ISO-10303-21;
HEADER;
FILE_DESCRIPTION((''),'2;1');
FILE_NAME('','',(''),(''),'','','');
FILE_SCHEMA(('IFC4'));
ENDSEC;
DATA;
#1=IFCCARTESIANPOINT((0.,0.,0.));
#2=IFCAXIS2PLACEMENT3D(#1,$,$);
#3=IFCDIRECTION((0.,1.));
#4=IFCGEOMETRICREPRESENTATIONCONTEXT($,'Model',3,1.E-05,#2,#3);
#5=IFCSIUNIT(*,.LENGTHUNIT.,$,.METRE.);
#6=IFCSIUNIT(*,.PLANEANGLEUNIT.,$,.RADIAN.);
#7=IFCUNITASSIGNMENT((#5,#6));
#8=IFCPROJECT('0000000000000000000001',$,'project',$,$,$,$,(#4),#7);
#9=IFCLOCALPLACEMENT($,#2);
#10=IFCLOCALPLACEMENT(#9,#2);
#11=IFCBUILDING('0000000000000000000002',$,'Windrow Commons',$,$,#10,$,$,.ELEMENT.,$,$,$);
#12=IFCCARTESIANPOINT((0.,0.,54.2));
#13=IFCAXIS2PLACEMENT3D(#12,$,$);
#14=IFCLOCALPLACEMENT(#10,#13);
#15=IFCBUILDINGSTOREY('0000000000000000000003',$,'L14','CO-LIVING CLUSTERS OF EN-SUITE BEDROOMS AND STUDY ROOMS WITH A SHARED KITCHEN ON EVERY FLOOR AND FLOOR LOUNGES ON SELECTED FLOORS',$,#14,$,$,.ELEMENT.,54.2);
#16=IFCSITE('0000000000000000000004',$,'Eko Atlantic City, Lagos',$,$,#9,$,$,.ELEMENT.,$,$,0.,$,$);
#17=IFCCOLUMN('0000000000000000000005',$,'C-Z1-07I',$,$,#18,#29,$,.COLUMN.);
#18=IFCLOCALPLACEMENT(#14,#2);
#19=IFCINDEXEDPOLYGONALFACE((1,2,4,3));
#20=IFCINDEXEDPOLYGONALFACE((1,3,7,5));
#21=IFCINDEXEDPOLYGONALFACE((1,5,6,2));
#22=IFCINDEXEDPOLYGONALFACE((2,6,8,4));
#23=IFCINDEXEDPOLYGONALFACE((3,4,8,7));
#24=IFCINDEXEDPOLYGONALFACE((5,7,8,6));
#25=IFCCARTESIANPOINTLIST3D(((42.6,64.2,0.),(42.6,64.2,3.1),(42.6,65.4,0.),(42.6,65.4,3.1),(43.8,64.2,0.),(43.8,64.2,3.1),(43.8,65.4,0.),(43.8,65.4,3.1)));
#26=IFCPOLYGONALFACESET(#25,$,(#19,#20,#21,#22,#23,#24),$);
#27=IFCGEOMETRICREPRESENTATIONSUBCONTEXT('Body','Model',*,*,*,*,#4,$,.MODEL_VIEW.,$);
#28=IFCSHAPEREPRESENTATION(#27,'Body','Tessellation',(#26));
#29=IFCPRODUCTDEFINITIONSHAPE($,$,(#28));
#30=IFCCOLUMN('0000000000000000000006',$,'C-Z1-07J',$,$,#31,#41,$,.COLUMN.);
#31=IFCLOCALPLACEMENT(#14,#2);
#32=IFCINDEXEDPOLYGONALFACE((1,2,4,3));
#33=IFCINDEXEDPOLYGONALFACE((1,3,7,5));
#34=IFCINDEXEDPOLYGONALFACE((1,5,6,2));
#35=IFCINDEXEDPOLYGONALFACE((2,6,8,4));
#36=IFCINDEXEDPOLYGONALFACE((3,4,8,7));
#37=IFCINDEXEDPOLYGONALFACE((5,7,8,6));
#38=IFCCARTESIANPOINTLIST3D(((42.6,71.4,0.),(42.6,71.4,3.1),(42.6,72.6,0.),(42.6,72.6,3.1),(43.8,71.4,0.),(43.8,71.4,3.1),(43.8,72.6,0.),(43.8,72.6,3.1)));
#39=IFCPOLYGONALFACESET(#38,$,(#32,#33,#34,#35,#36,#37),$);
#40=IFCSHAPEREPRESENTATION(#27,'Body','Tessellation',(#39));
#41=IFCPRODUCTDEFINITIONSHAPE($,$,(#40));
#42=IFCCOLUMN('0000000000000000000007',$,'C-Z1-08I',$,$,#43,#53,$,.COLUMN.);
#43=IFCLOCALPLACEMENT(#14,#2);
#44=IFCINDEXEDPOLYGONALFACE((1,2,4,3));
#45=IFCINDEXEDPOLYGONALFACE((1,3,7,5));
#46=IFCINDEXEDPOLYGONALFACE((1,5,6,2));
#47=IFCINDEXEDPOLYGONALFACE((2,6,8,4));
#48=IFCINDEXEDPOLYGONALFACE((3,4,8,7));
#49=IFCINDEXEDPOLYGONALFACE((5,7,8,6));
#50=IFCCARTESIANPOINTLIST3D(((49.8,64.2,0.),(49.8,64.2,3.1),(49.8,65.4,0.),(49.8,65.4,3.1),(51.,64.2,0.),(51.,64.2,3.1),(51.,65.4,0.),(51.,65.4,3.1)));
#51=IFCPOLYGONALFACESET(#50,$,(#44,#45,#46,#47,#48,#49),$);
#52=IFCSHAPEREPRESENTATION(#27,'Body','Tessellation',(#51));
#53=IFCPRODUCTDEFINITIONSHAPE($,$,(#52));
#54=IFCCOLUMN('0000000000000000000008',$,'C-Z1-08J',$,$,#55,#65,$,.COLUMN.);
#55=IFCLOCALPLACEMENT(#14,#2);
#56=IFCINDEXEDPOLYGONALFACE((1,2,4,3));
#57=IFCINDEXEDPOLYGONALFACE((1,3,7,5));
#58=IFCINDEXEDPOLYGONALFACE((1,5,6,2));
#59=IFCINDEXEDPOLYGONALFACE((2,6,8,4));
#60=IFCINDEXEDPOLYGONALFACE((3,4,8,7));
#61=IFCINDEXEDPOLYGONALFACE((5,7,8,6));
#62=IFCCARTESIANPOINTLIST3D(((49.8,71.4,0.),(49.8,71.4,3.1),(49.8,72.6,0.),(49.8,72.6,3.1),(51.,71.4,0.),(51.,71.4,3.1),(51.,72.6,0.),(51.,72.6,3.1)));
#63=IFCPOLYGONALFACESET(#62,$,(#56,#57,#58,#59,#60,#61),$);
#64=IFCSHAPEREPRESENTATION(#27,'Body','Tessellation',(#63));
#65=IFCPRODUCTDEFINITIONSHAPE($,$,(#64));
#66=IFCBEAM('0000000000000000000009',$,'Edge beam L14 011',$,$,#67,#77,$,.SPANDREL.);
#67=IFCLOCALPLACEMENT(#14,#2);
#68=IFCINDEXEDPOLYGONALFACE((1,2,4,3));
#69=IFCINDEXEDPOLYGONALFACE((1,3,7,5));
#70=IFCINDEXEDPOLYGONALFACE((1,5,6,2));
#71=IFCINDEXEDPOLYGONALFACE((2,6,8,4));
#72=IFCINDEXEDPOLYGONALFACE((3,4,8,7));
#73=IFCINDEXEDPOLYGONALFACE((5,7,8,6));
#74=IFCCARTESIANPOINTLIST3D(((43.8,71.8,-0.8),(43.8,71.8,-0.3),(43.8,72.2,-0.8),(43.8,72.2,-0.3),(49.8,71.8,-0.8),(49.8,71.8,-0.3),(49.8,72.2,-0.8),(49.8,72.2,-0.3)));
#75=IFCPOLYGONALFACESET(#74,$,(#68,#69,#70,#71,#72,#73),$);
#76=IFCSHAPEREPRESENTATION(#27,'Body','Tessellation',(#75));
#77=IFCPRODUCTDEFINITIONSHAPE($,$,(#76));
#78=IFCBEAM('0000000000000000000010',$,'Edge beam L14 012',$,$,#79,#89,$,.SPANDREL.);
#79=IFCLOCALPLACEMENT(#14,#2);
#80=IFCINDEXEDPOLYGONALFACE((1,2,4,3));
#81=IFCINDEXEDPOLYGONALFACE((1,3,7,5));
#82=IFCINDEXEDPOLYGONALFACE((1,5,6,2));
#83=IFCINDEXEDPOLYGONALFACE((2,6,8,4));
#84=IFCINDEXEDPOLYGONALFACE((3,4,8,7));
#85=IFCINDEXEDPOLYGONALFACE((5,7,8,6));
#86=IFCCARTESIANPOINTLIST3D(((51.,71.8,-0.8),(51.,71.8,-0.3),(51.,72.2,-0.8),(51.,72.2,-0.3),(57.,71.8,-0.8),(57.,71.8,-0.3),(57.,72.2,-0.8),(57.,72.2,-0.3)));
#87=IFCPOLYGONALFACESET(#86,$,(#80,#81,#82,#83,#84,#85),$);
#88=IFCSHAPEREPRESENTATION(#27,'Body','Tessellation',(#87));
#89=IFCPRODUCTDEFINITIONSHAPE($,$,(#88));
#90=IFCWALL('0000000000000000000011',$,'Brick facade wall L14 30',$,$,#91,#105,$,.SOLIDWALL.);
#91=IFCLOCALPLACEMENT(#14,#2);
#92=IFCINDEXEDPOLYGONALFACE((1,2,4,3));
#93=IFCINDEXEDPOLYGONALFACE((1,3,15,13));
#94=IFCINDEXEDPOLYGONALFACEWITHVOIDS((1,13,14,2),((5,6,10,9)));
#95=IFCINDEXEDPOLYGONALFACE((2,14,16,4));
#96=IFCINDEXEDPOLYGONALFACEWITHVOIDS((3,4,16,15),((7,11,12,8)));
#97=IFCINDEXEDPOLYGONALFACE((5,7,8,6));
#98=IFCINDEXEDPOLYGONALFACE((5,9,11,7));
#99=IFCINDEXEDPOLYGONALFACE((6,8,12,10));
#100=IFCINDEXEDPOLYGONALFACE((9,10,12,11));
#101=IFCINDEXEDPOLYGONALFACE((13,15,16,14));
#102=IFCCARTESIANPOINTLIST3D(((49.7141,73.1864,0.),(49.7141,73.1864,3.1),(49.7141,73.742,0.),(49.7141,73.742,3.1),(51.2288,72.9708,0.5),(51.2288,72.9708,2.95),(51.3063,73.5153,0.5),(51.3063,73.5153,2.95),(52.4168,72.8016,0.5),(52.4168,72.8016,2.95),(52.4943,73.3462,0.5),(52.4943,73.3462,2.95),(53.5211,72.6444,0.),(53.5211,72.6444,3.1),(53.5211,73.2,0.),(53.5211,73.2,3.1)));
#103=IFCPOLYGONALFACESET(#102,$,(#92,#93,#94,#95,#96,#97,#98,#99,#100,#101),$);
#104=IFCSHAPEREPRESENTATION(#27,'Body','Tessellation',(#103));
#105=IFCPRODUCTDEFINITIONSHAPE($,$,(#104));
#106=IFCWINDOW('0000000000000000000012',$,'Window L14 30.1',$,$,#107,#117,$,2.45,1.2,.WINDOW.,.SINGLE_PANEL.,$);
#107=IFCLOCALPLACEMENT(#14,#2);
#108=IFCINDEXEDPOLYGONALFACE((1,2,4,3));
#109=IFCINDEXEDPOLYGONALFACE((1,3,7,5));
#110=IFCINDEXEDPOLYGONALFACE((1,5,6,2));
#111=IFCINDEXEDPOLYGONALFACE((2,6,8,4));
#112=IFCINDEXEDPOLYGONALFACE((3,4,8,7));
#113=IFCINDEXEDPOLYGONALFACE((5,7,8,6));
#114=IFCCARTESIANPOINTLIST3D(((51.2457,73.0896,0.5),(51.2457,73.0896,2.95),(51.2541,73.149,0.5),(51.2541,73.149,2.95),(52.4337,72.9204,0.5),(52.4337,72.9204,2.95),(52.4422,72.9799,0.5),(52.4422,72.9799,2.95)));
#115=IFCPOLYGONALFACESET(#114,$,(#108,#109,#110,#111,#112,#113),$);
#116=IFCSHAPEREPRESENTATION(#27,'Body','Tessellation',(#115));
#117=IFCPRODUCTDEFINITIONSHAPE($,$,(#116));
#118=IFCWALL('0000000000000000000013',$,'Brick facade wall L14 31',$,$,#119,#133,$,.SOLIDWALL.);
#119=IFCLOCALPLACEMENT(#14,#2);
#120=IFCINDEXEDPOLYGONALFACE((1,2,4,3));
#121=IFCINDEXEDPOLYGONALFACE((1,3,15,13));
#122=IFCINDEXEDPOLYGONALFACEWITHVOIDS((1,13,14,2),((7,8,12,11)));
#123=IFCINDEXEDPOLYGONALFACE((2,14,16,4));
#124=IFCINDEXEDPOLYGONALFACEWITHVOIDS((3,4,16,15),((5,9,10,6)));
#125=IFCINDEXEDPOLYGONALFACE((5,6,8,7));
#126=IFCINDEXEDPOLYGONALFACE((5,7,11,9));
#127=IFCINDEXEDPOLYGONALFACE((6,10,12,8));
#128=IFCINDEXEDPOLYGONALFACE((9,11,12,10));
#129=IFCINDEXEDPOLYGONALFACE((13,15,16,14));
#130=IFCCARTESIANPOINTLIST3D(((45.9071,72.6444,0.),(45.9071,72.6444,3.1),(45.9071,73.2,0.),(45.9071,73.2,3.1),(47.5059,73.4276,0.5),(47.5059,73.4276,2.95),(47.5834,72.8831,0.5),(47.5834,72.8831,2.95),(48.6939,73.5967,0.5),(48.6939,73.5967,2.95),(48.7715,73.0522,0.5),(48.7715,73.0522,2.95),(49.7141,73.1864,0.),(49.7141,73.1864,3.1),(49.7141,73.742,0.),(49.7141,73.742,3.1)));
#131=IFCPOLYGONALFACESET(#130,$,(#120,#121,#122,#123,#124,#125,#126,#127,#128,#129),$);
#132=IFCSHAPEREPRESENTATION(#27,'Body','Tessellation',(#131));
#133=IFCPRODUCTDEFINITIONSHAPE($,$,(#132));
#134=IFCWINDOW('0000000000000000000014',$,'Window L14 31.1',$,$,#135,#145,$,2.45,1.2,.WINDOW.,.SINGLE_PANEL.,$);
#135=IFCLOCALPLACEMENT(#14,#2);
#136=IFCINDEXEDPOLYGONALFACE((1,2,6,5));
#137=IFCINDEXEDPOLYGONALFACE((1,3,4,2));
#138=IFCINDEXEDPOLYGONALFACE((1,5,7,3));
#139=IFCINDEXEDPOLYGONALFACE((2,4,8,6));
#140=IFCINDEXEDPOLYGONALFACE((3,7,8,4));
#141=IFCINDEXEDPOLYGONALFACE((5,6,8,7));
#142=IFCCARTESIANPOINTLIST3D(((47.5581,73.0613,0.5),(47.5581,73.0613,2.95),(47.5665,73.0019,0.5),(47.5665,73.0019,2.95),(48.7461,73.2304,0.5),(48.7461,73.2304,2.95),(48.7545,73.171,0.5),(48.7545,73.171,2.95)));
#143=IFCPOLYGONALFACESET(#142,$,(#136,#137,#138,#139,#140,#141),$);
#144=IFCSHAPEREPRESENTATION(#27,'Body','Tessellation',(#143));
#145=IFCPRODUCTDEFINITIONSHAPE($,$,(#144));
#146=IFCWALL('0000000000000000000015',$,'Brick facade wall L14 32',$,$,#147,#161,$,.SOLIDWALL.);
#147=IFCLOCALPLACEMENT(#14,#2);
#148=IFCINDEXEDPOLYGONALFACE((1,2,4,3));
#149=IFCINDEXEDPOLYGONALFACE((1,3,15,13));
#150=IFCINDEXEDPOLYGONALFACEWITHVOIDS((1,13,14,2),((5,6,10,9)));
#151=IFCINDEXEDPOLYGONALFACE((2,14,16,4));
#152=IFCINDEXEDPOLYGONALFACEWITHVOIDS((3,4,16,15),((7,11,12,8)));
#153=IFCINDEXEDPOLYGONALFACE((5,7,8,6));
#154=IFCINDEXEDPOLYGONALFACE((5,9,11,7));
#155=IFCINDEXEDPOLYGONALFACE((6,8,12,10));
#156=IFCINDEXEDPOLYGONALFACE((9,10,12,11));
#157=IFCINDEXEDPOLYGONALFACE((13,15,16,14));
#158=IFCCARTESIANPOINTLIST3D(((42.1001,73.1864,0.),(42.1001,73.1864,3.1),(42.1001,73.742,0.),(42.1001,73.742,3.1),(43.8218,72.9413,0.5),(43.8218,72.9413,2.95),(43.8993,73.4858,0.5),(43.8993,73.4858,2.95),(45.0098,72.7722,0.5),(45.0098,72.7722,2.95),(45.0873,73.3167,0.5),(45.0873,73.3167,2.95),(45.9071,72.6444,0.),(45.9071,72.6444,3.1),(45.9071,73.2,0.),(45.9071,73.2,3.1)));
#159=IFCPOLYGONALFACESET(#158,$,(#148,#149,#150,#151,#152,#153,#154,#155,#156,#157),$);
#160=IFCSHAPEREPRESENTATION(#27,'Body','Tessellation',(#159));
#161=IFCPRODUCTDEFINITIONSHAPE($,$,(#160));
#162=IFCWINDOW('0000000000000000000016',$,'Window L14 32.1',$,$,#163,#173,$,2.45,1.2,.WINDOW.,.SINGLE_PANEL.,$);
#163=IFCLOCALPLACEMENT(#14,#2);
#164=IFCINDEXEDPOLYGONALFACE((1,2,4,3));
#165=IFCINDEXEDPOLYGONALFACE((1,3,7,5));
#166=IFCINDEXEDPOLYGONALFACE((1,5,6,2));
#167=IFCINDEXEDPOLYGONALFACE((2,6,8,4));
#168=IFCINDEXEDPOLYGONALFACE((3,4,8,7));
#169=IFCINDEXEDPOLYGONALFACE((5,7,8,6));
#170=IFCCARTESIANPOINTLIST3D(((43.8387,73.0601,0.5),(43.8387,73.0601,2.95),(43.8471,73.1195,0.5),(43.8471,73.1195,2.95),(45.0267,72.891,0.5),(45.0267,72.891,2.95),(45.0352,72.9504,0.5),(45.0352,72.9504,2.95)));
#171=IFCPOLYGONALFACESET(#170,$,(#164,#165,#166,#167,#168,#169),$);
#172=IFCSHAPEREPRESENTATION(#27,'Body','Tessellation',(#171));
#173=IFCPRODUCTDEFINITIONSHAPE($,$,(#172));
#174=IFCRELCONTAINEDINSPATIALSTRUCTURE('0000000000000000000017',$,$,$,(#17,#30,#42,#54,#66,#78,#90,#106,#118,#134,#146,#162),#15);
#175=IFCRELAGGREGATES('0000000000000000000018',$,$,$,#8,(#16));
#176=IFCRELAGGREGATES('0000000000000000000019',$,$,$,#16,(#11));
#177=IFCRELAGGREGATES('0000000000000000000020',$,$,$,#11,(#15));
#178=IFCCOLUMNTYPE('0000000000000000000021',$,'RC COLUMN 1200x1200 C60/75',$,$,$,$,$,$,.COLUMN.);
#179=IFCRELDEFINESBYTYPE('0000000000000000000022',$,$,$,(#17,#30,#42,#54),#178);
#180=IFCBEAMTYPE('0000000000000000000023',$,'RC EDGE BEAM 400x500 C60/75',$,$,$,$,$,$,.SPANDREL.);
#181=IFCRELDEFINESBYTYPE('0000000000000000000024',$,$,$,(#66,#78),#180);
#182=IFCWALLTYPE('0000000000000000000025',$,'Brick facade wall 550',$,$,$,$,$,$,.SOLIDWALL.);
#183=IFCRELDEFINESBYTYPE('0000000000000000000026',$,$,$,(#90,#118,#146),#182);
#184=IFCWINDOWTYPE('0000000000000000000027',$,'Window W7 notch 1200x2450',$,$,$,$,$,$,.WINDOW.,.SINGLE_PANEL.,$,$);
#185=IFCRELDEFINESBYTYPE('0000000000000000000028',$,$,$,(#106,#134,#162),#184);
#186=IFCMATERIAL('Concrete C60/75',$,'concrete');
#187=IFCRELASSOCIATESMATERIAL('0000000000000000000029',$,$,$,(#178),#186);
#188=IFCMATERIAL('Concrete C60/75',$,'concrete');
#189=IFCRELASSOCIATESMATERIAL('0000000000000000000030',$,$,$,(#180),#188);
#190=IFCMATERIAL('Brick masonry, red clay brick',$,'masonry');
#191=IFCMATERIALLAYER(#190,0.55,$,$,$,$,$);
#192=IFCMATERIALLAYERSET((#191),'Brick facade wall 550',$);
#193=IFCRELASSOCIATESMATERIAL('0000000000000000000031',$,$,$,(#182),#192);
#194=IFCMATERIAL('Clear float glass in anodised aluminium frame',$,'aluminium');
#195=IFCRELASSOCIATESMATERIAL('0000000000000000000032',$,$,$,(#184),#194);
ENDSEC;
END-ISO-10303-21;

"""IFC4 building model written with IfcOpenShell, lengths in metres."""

from ifc_helpers import new_model, si_unit, direction, frame, frame_2d, origin, origin_2d, place, context, subcontext, project, spatial, polyline, rectangle, outline, extrude, material, layer, layer_set, material_profile, profile_set, type_object, element, fill, save


model = new_model("IFC4")

# Units and contexts
model_context = context("Model", 3, precision=1e-05, world=origin(), true_north=direction((0.0, 1.0)))
body_context = subcontext(model_context, "Body", "Model", "MODEL_VIEW")
ifc_project = project(units=[si_unit("LENGTHUNIT", "METRE"), si_unit("PLANEANGLEUNIT", "RADIAN")], contexts=[model_context])

# Site, building, storey
site_placement = place(None, origin())
site = spatial("IfcSite", under=ifc_project, at=site_placement, Name="Eko Atlantic City, Lagos", CompositionType="ELEMENT", RefElevation=0.0)
building_placement = place(site_placement, origin())
building = spatial("IfcBuilding", under=site, at=building_placement, Name="Windrow Commons", CompositionType="ELEMENT")
storey_placement = place(building_placement, frame((0.0, 0.0, 54.2)))
storey = spatial("IfcBuildingStorey", under=building, at=storey_placement, Name="L14", Description="CO-LIVING CLUSTERS OF EN-SUITE BEDROOMS AND STUDY ROOMS WITH A SHARED KITCHEN ON EVERY FLOOR AND FLOOR LOUNGES ON SELECTED FLOORS", CompositionType="ELEMENT", Elevation=54.2)

# Columns
ifc_material_1 = material(Name="Concrete C60/75", Category="concrete")
ifc_material_profile_1 = material_profile(ifc_material_1, rectangle(XDim=1.2, YDim=1.2, at=origin_2d()))
ifc_profile_set_1 = profile_set([ifc_material_profile_1], Name="Concrete C60/75")
column_type = type_object("IfcColumnType", Name="RC COLUMN 1200x1200 C60/75", PredefinedType="COLUMN", material=ifc_profile_set_1)
for number, where, z_axis, x_axis, name in (
    (1, (43.2, 64.8, 0.0), (0.0, 0.0, 1.0), (1.0, 0.0, 0.0), "C-Z1-07I"),
    (2, (43.2, 72.0, 0.0), (0.0, 0.0, 1.0), (1.0, 0.0, 0.0), "C-Z1-07J"),
    (3, (50.4, 64.8, 0.0), (0.0, 0.0, 1.0), (1.0, 0.0, 0.0), "C-Z1-08I"),
    (4, (50.4, 72.0, 0.0), (0.0, 0.0, 1.0), (1.0, 0.0, 0.0), "C-Z1-08J"),
):
    element("IfcColumn", number, at=place(storey_placement, frame(where, z_axis=z_axis, x_axis=x_axis)), inside=storey, type_object=column_type, Name=name, PredefinedType="COLUMN", context=body_context, shape_type="SweptSolid", body=[
        extrude(rectangle(XDim=1.2, YDim=1.2, at=origin_2d()), origin(), (0.0, 0.0, 1.0), 3.1),
    ])

# Beams
ifc_material_2 = material(Name="Concrete C60/75", Category="concrete")
ifc_material_profile_2 = material_profile(ifc_material_2, rectangle(XDim=0.4, YDim=0.5, at=origin_2d()))
ifc_profile_set_2 = profile_set([ifc_material_profile_2], Name="Concrete C60/75")
beam_type = type_object("IfcBeamType", Name="RC EDGE BEAM 400x500 C60/75", PredefinedType="SPANDREL", material=ifc_profile_set_2)
for number, where, z_axis, x_axis, name in (
    (5, (43.8, 72.0, -0.55), (1.0, 0.0, 0.0), (0.0, 1.0, 0.0), "Edge beam L14 011"),
    (6, (51.0, 72.0, -0.55), (1.0, 0.0, 0.0), (0.0, 1.0, 0.0), "Edge beam L14 012"),
):
    element("IfcBeam", number, at=place(storey_placement, frame(where, z_axis=z_axis, x_axis=x_axis)), inside=storey, type_object=beam_type, Name=name, PredefinedType="SPANDREL", context=body_context, shape_type="SweptSolid", body=[
        extrude(rectangle(XDim=0.4, YDim=0.5, at=origin_2d()), origin(), (0.0, 0.0, 1.0), 6.0),
    ])

# Walls, openings, windows
ifc_material_3 = material(Name="Brick masonry, red clay brick", Category="masonry")
ifc_layer_1 = layer(ifc_material_3, 0.55)
ifc_layer_set_1 = layer_set([ifc_layer_1], Name="Brick facade wall 550")
wall_type_1 = type_object("IfcWallType", Name="Brick facade wall 550", PredefinedType="SOLIDWALL", material=ifc_layer_set_1)
wall_1_placement = place(storey_placement, frame((53.5211, 72.9222, 0.0), z_axis=(0.0, 0.0, 1.0), x_axis=(-0.990017, 0.140948, 0.0)))
wall_1 = element("IfcWall", 7, at=wall_1_placement, inside=storey, type_object=wall_type_1, Name="Brick facade wall L14 30", PredefinedType="SOLIDWALL", context=body_context, shape_type="SweptSolid", body=[
    extrude(outline(polyline([(0.0392, -0.275), (3.8845, -0.275), (3.8062, 0.275), (-0.0392, 0.275), (0.0392, -0.275)])), origin(), (0.0, 0.0, 1.0), 3.1),
])
opening_1_placement = place(wall_1_placement, frame((1.0763, 0.0, 0.5)))
opening_1 = element("IfcOpeningElement", 8, at=opening_1_placement, cuts=wall_1, PredefinedType="OPENING", context=body_context, shape_type="SweptSolid", body=[
    extrude(rectangle(XDim=1.2, YDim=2.45, at=frame_2d((0.6, 1.225))), frame((0.0, 0.285, 0.0), z_axis=(0.0, -1.0, 0.0), x_axis=(1.0, 0.0, 0.0)), (0.0, 0.0, 1.0), 0.57),
])
ifc_material_4 = material(Name="Clear float glass in anodised aluminium frame", Category="aluminium")
window_type = type_object("IfcWindowType", Name="Window W7 notch 1200x2450", PartitioningType="SINGLE_PANEL", PredefinedType="WINDOW", material=ifc_material_4)
window_1_placement = place(opening_1_placement, origin())
window_1 = element("IfcWindow", 9, at=window_1_placement, inside=storey, type_object=window_type, Name="Window L14 30.1", OverallHeight=2.45, OverallWidth=1.2, PartitioningType="SINGLE_PANEL", PredefinedType="WINDOW", context=body_context, shape_type="SweptSolid", body=[
    extrude(rectangle(XDim=1.2, YDim=2.45, at=frame_2d((0.6, 1.225))), frame((0.0, 0.155, 0.0), z_axis=(0.0, -1.0, 0.0), x_axis=(1.0, 0.0, 0.0)), (0.0, 0.0, 1.0), 0.06),
])
fill(opening_1, window_1)
wall_2_placement = place(storey_placement, frame((49.7141, 73.4642, 0.0), z_axis=(0.0, 0.0, 1.0), x_axis=(-0.990017, -0.140948, 0.0)))
wall_2 = element("IfcWall", 10, at=wall_2_placement, inside=storey, type_object=wall_type_1, Name="Brick facade wall L14 31", PredefinedType="SOLIDWALL", context=body_context, shape_type="SweptSolid", body=[
    extrude(outline(polyline([(-0.0392, -0.275), (3.8062, -0.275), (3.8845, 0.275), (0.0392, 0.275), (-0.0392, -0.275)])), origin(), (0.0, 0.0, 1.0), 3.1),
])
opening_2_placement = place(wall_2_placement, frame((0.9913, 0.0, 0.5)))
opening_2 = element("IfcOpeningElement", 11, at=opening_2_placement, cuts=wall_2, PredefinedType="OPENING", context=body_context, shape_type="SweptSolid", body=[
    extrude(rectangle(XDim=1.2, YDim=2.45, at=frame_2d((0.6, 1.225))), frame((0.0, 0.285, 0.0), z_axis=(0.0, -1.0, 0.0), x_axis=(1.0, 0.0, 0.0)), (0.0, 0.0, 1.0), 0.57),
])
window_2_placement = place(opening_2_placement, origin())
window_2 = element("IfcWindow", 12, at=window_2_placement, inside=storey, type_object=window_type, Name="Window L14 31.1", OverallHeight=2.45, OverallWidth=1.2, PartitioningType="SINGLE_PANEL", PredefinedType="WINDOW", context=body_context, shape_type="SweptSolid", body=[
    extrude(rectangle(XDim=1.2, YDim=2.45, at=frame_2d((0.6, 1.225))), frame((0.0, 0.155, 0.0), z_axis=(0.0, -1.0, 0.0), x_axis=(1.0, 0.0, 0.0)), (0.0, 0.0, 1.0), 0.06),
])
fill(opening_2, window_2)
wall_3_placement = place(storey_placement, frame((45.9071, 72.9222, 0.0), z_axis=(0.0, 0.0, 1.0), x_axis=(-0.990018, 0.140944, 0.0)))
wall_3 = element("IfcWall", 13, at=wall_3_placement, inside=storey, type_object=wall_type_1, Name="Brick facade wall L14 32", PredefinedType="SOLIDWALL", context=body_context, shape_type="SweptSolid", body=[
    extrude(outline(polyline([(0.0392, -0.275), (3.8845, -0.275), (3.8062, 0.275), (-0.0392, 0.275), (0.0392, -0.275)])), origin(), (0.0, 0.0, 1.0), 3.1),
])
opening_3_placement = place(wall_3_placement, frame((0.8672, 0.0, 0.5)))
opening_3 = element("IfcOpeningElement", 14, at=opening_3_placement, cuts=wall_3, PredefinedType="OPENING", context=body_context, shape_type="SweptSolid", body=[
    extrude(rectangle(XDim=1.2, YDim=2.45, at=frame_2d((0.6, 1.225))), frame((0.0, 0.285, 0.0), z_axis=(0.0, -1.0, 0.0), x_axis=(1.0, 0.0, 0.0)), (0.0, 0.0, 1.0), 0.57),
])
window_3_placement = place(opening_3_placement, origin())
window_3 = element("IfcWindow", 15, at=window_3_placement, inside=storey, type_object=window_type, Name="Window L14 32.1", OverallHeight=2.45, OverallWidth=1.2, PartitioningType="SINGLE_PANEL", PredefinedType="WINDOW", context=body_context, shape_type="SweptSolid", body=[
    extrude(rectangle(XDim=1.2, YDim=2.45, at=frame_2d((0.6, 1.225))), frame((0.0, 0.155, 0.0), z_axis=(0.0, -1.0, 0.0), x_axis=(1.0, 0.0, 0.0)), (0.0, 0.0, 1.0), 0.06),
])
fill(opening_3, window_3)

save(model, "model.ifc")
